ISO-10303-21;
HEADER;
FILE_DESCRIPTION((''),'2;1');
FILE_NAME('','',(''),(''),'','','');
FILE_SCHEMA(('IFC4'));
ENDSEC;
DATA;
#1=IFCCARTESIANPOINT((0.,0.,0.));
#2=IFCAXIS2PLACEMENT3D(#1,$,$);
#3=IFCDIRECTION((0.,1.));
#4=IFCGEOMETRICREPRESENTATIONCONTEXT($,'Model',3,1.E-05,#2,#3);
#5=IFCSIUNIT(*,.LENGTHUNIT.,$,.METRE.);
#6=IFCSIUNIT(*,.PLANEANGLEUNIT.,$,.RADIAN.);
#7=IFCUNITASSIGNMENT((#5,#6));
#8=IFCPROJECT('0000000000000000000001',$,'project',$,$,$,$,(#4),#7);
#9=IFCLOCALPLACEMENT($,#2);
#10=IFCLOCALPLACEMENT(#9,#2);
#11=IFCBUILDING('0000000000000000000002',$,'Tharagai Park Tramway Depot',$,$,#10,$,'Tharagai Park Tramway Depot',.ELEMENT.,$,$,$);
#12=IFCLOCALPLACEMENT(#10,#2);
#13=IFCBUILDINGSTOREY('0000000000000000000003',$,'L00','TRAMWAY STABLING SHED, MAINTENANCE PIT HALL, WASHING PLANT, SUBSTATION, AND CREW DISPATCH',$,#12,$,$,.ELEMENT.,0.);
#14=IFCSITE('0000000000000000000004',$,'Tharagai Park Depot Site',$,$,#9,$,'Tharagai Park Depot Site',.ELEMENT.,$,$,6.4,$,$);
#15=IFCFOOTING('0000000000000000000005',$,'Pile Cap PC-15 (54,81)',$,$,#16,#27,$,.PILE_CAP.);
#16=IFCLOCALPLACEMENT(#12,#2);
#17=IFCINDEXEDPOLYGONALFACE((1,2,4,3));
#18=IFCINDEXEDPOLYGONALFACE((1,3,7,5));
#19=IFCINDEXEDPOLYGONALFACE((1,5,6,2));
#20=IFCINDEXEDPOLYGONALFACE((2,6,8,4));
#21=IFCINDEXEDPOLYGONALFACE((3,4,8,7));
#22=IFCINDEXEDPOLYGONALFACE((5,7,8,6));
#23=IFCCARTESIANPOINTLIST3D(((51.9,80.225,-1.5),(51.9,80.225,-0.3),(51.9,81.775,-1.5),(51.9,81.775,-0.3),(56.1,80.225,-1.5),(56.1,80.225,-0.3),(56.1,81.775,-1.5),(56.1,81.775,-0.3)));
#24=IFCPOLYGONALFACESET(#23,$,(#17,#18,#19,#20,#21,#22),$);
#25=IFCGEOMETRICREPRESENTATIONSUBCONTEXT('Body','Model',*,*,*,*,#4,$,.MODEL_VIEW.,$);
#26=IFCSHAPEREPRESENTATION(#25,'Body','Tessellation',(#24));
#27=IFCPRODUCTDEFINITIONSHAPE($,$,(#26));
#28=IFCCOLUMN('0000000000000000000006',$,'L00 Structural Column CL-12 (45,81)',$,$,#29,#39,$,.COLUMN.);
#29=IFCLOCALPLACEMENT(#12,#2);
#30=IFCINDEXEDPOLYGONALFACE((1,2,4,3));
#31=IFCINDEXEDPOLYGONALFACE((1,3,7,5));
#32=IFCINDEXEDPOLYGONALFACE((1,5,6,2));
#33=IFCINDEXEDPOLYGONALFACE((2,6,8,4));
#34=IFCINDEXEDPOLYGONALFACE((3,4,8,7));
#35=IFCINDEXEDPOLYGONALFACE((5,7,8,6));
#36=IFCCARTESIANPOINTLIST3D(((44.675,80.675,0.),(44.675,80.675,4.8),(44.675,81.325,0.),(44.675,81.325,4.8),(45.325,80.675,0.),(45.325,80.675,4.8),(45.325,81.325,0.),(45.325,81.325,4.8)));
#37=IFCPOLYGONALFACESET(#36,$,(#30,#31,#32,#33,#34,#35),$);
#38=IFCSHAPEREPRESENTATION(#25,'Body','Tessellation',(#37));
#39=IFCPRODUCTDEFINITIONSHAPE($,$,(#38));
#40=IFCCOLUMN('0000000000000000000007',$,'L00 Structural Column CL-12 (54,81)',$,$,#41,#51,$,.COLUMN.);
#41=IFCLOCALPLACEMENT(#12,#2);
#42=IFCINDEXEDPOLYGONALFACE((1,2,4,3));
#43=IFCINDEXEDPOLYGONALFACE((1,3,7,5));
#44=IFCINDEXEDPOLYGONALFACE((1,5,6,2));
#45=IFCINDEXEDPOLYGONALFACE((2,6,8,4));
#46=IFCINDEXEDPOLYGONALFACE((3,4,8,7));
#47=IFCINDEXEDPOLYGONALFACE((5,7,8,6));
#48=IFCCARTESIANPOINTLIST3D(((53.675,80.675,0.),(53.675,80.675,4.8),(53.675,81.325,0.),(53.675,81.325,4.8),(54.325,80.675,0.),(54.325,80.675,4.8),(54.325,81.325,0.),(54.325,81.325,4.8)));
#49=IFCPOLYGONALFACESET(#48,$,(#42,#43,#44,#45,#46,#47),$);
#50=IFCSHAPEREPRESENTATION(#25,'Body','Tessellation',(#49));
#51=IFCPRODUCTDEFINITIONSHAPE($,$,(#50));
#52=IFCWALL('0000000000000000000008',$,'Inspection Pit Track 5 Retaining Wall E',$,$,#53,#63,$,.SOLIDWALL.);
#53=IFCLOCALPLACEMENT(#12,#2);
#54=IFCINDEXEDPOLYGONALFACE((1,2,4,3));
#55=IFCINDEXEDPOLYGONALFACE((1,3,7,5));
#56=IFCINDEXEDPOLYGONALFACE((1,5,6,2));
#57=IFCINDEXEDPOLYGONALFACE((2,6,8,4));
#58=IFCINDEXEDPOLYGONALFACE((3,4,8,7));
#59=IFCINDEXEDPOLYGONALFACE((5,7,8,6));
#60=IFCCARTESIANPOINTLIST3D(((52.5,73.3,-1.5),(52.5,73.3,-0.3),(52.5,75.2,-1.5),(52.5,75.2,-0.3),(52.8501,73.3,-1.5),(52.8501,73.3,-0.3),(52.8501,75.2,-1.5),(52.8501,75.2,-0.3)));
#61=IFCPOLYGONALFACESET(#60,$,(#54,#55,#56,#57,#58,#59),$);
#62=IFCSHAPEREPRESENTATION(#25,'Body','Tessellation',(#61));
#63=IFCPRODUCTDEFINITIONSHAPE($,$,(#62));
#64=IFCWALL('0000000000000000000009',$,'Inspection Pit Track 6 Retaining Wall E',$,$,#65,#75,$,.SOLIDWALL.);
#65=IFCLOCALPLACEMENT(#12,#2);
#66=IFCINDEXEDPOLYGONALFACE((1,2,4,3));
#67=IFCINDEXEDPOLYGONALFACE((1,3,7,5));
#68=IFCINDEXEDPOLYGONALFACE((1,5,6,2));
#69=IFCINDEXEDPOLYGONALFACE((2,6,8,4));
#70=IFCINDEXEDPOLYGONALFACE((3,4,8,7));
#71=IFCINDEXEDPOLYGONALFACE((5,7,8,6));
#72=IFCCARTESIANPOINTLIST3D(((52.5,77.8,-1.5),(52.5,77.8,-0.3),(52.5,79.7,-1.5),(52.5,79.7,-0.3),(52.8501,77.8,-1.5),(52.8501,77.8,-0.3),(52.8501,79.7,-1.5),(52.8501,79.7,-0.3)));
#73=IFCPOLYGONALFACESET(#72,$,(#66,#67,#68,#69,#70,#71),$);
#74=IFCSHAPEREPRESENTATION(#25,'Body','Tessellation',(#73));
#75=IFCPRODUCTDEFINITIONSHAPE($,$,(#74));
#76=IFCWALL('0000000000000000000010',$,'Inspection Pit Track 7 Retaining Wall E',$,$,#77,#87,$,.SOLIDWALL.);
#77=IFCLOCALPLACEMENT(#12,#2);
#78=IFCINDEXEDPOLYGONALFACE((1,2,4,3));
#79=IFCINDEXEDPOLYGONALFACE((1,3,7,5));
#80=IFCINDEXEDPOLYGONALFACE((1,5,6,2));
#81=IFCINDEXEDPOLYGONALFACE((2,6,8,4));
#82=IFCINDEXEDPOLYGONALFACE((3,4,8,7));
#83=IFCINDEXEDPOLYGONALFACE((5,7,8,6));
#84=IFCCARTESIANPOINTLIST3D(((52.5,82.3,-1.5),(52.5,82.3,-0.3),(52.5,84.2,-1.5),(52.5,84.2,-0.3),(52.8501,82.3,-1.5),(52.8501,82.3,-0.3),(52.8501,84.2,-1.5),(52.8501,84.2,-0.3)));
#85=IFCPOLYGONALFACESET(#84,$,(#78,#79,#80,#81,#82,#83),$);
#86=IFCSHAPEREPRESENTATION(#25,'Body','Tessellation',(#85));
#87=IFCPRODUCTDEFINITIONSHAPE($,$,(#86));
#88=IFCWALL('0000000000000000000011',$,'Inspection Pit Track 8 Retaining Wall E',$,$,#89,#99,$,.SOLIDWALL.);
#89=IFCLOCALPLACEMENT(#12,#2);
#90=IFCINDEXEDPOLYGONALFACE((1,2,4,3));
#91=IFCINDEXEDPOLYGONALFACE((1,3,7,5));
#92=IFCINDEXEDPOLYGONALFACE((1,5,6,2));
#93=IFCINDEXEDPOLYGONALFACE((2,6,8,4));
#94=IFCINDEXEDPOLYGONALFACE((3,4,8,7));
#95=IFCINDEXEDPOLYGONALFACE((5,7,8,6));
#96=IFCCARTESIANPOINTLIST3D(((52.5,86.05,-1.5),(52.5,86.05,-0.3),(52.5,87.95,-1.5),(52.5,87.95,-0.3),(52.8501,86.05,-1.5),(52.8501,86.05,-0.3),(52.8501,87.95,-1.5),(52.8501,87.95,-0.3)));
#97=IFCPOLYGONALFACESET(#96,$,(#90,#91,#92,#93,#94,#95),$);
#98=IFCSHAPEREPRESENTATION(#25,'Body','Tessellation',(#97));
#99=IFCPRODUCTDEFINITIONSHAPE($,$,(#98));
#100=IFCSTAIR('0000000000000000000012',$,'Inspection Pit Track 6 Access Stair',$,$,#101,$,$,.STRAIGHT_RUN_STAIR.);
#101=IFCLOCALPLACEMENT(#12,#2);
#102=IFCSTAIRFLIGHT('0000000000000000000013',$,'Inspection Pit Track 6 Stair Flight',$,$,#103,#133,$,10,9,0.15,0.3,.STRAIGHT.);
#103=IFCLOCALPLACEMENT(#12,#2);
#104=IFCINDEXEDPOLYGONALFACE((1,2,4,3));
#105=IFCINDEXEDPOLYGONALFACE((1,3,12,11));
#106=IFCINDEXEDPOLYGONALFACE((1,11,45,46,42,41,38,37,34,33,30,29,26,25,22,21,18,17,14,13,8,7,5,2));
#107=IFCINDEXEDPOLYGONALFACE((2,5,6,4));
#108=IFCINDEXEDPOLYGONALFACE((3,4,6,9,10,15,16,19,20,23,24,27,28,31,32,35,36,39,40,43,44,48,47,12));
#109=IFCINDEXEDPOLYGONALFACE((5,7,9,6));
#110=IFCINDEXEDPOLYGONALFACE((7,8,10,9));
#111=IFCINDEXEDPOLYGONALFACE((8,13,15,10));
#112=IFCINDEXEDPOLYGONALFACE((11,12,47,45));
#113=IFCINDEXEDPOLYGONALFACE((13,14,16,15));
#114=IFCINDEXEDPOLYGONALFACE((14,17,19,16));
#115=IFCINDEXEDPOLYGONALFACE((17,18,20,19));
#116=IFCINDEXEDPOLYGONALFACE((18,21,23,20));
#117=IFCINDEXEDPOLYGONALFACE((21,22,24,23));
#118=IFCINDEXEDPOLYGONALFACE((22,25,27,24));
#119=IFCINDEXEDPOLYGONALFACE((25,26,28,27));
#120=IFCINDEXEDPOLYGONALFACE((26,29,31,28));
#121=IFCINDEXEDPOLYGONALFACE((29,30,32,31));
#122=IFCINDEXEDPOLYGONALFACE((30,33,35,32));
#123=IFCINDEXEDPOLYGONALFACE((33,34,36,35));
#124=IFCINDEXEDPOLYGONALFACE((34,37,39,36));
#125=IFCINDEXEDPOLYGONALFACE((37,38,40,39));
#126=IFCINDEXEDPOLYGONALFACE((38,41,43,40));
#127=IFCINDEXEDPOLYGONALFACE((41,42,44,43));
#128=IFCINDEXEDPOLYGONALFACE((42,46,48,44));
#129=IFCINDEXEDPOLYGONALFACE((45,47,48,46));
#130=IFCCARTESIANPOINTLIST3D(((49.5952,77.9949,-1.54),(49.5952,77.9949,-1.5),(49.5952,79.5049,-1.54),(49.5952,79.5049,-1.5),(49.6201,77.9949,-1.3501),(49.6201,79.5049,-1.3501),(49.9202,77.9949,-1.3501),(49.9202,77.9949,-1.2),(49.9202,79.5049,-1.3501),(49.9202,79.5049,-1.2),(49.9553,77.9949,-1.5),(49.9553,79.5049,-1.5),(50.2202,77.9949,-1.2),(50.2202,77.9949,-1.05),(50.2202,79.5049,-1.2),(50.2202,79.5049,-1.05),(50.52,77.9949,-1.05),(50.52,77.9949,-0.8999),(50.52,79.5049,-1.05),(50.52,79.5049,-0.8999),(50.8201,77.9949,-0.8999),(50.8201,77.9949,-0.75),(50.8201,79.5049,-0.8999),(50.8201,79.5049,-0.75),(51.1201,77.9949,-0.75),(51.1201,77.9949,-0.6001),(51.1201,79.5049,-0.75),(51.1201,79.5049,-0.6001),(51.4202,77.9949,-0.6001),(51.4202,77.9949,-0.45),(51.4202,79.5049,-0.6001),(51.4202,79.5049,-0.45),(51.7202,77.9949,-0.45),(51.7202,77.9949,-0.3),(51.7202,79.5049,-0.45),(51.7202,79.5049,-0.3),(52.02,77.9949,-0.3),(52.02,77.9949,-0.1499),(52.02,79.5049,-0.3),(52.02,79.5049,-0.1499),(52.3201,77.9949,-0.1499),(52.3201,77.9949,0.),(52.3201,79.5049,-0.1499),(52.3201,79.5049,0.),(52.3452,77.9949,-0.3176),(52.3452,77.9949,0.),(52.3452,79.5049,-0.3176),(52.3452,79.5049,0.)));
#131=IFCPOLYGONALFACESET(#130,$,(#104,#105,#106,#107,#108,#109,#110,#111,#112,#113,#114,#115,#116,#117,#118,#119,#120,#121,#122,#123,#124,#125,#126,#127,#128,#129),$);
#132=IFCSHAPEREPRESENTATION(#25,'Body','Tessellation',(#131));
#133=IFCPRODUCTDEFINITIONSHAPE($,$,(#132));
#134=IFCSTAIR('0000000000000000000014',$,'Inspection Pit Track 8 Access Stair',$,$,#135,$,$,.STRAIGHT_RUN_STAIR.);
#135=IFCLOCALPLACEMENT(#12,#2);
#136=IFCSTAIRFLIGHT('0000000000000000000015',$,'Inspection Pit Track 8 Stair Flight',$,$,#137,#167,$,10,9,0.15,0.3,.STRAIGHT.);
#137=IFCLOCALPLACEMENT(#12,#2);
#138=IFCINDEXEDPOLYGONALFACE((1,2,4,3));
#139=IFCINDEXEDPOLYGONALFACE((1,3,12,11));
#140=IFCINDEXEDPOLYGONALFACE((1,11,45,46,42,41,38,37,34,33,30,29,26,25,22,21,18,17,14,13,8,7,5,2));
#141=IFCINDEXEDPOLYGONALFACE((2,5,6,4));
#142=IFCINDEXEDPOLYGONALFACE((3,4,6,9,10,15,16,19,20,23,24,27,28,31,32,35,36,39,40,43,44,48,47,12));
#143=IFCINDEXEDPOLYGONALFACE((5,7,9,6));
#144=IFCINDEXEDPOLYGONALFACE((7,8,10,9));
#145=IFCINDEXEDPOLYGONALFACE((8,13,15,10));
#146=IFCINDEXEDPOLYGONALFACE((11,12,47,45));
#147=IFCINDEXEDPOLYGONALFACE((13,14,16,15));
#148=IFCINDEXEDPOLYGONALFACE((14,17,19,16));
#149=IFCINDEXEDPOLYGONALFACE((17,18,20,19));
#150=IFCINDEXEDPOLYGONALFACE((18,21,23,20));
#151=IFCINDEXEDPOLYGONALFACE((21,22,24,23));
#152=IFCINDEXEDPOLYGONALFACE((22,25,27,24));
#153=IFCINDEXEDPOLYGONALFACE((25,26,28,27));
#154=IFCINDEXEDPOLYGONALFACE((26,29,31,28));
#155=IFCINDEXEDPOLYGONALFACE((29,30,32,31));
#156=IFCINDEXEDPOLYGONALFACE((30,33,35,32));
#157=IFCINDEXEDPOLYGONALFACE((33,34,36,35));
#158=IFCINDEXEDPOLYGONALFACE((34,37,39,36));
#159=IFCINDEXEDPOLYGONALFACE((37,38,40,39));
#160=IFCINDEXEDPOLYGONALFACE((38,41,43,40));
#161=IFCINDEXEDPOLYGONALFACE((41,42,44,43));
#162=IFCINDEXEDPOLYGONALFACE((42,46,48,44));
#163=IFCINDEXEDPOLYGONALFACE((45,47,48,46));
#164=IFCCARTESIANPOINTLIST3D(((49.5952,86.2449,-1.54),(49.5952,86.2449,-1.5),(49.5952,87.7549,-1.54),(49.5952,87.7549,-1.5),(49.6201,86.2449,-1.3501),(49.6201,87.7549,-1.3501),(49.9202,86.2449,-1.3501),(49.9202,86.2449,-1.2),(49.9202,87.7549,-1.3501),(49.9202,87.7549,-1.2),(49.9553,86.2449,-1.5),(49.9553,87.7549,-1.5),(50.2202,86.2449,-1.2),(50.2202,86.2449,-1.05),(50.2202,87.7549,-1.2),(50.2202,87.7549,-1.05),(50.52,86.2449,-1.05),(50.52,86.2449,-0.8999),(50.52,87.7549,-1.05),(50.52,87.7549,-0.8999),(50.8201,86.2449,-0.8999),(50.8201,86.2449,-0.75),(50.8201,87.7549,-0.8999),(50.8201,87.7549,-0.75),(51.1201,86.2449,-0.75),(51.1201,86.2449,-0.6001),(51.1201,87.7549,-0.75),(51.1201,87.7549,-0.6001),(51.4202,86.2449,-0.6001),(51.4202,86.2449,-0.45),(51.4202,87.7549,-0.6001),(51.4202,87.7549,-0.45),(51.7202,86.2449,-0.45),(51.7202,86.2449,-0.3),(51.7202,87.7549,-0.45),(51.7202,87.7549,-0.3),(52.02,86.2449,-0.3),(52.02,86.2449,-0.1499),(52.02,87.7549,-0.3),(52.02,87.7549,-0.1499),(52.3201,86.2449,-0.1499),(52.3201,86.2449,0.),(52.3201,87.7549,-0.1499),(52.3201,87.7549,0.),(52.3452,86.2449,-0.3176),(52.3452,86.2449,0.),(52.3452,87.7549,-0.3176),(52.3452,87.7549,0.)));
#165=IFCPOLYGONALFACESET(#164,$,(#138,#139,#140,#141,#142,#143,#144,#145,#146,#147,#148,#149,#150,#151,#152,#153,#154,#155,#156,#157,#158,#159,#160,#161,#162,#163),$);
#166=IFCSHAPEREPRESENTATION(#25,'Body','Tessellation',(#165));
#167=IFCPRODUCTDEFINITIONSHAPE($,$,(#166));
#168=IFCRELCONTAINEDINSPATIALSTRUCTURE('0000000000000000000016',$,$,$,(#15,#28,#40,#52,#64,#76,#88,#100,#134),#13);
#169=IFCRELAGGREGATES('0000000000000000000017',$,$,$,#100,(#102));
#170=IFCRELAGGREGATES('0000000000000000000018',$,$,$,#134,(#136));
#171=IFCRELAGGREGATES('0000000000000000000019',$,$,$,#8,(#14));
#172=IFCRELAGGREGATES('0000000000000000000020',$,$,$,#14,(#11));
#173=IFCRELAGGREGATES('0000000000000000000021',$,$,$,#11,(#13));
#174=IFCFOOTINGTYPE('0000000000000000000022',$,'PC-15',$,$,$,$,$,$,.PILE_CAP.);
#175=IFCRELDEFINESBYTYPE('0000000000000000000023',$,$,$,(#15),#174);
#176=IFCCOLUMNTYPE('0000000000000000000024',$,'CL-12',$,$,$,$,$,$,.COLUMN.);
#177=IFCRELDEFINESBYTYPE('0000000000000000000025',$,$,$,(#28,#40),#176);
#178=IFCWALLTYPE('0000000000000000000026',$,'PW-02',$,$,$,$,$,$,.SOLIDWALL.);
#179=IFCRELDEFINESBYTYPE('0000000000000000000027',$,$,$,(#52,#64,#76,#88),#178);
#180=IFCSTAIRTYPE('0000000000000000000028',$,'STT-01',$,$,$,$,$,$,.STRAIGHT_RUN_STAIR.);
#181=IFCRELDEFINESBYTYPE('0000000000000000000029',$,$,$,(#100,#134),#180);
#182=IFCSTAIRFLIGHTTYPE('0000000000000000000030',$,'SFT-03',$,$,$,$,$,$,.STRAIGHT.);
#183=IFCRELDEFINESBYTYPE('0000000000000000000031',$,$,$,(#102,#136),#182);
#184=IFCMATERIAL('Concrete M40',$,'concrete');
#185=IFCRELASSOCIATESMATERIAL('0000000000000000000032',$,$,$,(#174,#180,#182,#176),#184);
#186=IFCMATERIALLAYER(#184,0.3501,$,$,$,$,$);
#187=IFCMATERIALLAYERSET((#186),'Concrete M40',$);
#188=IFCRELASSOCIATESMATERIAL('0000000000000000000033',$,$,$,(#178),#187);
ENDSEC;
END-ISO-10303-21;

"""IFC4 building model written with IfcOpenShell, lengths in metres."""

from ifc_helpers import new_model, si_unit, direction, frame, frame_2d, origin, origin_2d, place, context, subcontext, project, spatial, polyline, rectangle, outline, extrude, material, layer, layer_set, material_profile, profile_set, type_object, element, aggregate, save


model = new_model("IFC4")

# Units and contexts
model_context = context("Model", 3, precision=1e-05, world=origin(), true_north=direction((0.0, 1.0)))
body_context = subcontext(model_context, "Body", "Model", "MODEL_VIEW")
ifc_project = project(units=[si_unit("LENGTHUNIT", "METRE"), si_unit("PLANEANGLEUNIT", "RADIAN")], contexts=[model_context])

# Site, building, storey
site_placement = place(None, origin())
site = spatial("IfcSite", under=ifc_project, at=site_placement, Name="Tharagai Park Depot Site", LongName="Tharagai Park Depot Site", CompositionType="ELEMENT", RefElevation=6.4)
building_placement = place(site_placement, origin())
building = spatial("IfcBuilding", under=site, at=building_placement, Name="Tharagai Park Tramway Depot", LongName="Tharagai Park Tramway Depot", CompositionType="ELEMENT")
storey_placement = place(building_placement, origin())
storey = spatial("IfcBuildingStorey", under=building, at=storey_placement, Name="L00", Description="TRAMWAY STABLING SHED, MAINTENANCE PIT HALL, WASHING PLANT, SUBSTATION, AND CREW DISPATCH", CompositionType="ELEMENT", Elevation=0.0)

# Shared definitions
ifc_material_1 = material(Name="Concrete M40", Category="concrete")

# Footing
footing_type_1 = type_object("IfcFootingType", Name="PC-15", PredefinedType="PILE_CAP", material=ifc_material_1)
footing_1_placement = place(storey_placement, frame((54.0, 81.0, -1.5), z_axis=(0.0, 0.0, 1.0), x_axis=(1.0, 0.0, 0.0)))
element("IfcFooting", 1, at=footing_1_placement, inside=storey, type_object=footing_type_1, Name="Pile Cap PC-15 (54,81)", PredefinedType="PILE_CAP", context=body_context, shape_type="SweptSolid", body=[
    extrude(rectangle(XDim=4.2, YDim=1.55, at=origin_2d()), origin(), (0.0, 0.0, 1.0), 1.2),
])

# Columns
ifc_material_profile_1 = material_profile(ifc_material_1, rectangle(XDim=0.6499, YDim=0.6499, at=origin_2d()), Name="RC 650x650")
ifc_profile_set_1 = profile_set([ifc_material_profile_1], Name="Concrete M40")
column_type = type_object("IfcColumnType", Name="CL-12", PredefinedType="COLUMN", material=ifc_profile_set_1)
for number, where, z_axis, x_axis, name in (
    (2, (45.0, 81.0, 0.0), (0.0, 0.0, 1.0), (1.0, 0.0, 0.0), "L00 Structural Column CL-12 (45,81)"),
    (3, (54.0, 81.0, 0.0), (0.0, 0.0, 1.0), (1.0, 0.0, 0.0), "L00 Structural Column CL-12 (54,81)"),
):
    element("IfcColumn", number, at=place(storey_placement, frame(where, z_axis=z_axis, x_axis=x_axis)), inside=storey, type_object=column_type, Name=name, PredefinedType="COLUMN", context=body_context, shape_type="SweptSolid", body=[
        extrude(rectangle(XDim=0.6499, YDim=0.6499, at=origin_2d()), origin(), (0.0, 0.0, 1.0), 4.8),
    ])

# Walls
ifc_layer = layer(ifc_material_1, 0.3501)
ifc_layer_set = layer_set([ifc_layer], Name="Concrete M40")
wall_type = type_object("IfcWallType", Name="PW-02", PredefinedType="SOLIDWALL", material=ifc_layer_set)
for number, where, z_axis, x_axis, name in (
    (4, (52.675, 73.3, -1.5), (0.0, 0.0, 1.0), (0.0, 1.0, 0.0), "Inspection Pit Track 5 Retaining Wall E"),
    (5, (52.675, 77.8, -1.5), (0.0, 0.0, 1.0), (0.0, 1.0, 0.0), "Inspection Pit Track 6 Retaining Wall E"),
    (6, (52.675, 82.3, -1.5), (0.0, 0.0, 1.0), (0.0, 1.0, 0.0), "Inspection Pit Track 7 Retaining Wall E"),
    (7, (52.675, 86.05, -1.5), (0.0, 0.0, 1.0), (0.0, 1.0, 0.0), "Inspection Pit Track 8 Retaining Wall E"),
):
    element("IfcWall", number, at=place(storey_placement, frame(where, z_axis=z_axis, x_axis=x_axis)), inside=storey, type_object=wall_type, Name=name, PredefinedType="SOLIDWALL", context=body_context, shape_type="SweptSolid", body=[
        extrude(rectangle(XDim=1.8999, YDim=0.3501, at=frame_2d((0.95, 0.0))), origin(), (0.0, 0.0, 1.0), 1.2),
    ])

# Stairs, stair flights
stair_type = type_object("IfcStairType", Name="STT-01", PredefinedType="STRAIGHT_RUN_STAIR", material=ifc_material_1)
stair_1_placement = place(storey_placement, origin())
stair_1 = element("IfcStair", 8, at=stair_1_placement, inside=storey, type_object=stair_type, Name="Inspection Pit Track 6 Access Stair", PredefinedType="STRAIGHT_RUN_STAIR")
stair_flight_type = type_object("IfcStairFlightType", Name="SFT-03", PredefinedType="STRAIGHT", material=ifc_material_1)
stair_flight_1_placement = place(storey_placement, frame((49.6201, 78.75, -1.5), z_axis=(0.0, 0.0, 1.0), x_axis=(1.0, 0.0, 0.0)))
stair_flight_1 = element("IfcStairFlight", 9, at=stair_flight_1_placement, type_object=stair_flight_type, Name="Inspection Pit Track 6 Stair Flight", NumberOfRisers=10, NumberOfTreads=9, PredefinedType="STRAIGHT", RiserHeight=0.15, TreadLength=0.3, context=body_context, shape_type="SweptSolid", body=[
    extrude(outline(polyline([(-0.0249, 0.0), (0.0, 0.1499), (0.3, 0.1499), (0.3, 0.3), (0.6001, 0.3), (0.6001, 0.45), (0.8999, 0.45), (0.8999, 0.6001), (1.2, 0.6001), (1.2, 0.75), (1.5, 0.75), (1.5, 0.8999), (1.8, 0.8999), (1.8, 1.05), (2.1001, 1.05), (2.1001, 1.2), (2.3999, 1.2), (2.3999, 1.3501), (2.7, 1.3501), (2.7, 1.5), (2.7251, 1.5), (2.7251, 1.1824), (0.3352, 0.0), (-0.0249, -0.04), (-0.0249, 0.0)])), frame((0.0, 0.7549, 0.0), z_axis=(0.0, -1.0, 0.0), x_axis=(1.0, 0.0, 0.0)), (0.0, 0.0, 1.0), 1.51),
])
aggregate(stair_1, [stair_flight_1])
stair_2_placement = place(storey_placement, origin())
stair_2 = element("IfcStair", 10, at=stair_2_placement, inside=storey, type_object=stair_type, Name="Inspection Pit Track 8 Access Stair", PredefinedType="STRAIGHT_RUN_STAIR")
stair_flight_2_placement = place(storey_placement, frame((49.6201, 87.0, -1.5), z_axis=(0.0, 0.0, 1.0), x_axis=(1.0, 0.0, 0.0)))
stair_flight_2 = element("IfcStairFlight", 11, at=stair_flight_2_placement, type_object=stair_flight_type, Name="Inspection Pit Track 8 Stair Flight", NumberOfRisers=10, NumberOfTreads=9, PredefinedType="STRAIGHT", RiserHeight=0.15, TreadLength=0.3, context=body_context, shape_type="SweptSolid", body=[
    extrude(outline(polyline([(-0.0249, 0.0), (0.0, 0.1499), (0.3, 0.1499), (0.3, 0.3), (0.6001, 0.3), (0.6001, 0.45), (0.8999, 0.45), (0.8999, 0.6001), (1.2, 0.6001), (1.2, 0.75), (1.5, 0.75), (1.5, 0.8999), (1.8, 0.8999), (1.8, 1.05), (2.1001, 1.05), (2.1001, 1.2), (2.3999, 1.2), (2.3999, 1.3501), (2.7, 1.3501), (2.7, 1.5), (2.7251, 1.5), (2.7251, 1.1824), (0.3352, 0.0), (-0.0249, -0.04), (-0.0249, 0.0)])), frame((0.0, 0.7549, 0.0), z_axis=(0.0, -1.0, 0.0), x_axis=(1.0, 0.0, 0.0)), (0.0, 0.0, 1.0), 1.51),
])
aggregate(stair_2, [stair_flight_2])

save(model, "model.ifc")
